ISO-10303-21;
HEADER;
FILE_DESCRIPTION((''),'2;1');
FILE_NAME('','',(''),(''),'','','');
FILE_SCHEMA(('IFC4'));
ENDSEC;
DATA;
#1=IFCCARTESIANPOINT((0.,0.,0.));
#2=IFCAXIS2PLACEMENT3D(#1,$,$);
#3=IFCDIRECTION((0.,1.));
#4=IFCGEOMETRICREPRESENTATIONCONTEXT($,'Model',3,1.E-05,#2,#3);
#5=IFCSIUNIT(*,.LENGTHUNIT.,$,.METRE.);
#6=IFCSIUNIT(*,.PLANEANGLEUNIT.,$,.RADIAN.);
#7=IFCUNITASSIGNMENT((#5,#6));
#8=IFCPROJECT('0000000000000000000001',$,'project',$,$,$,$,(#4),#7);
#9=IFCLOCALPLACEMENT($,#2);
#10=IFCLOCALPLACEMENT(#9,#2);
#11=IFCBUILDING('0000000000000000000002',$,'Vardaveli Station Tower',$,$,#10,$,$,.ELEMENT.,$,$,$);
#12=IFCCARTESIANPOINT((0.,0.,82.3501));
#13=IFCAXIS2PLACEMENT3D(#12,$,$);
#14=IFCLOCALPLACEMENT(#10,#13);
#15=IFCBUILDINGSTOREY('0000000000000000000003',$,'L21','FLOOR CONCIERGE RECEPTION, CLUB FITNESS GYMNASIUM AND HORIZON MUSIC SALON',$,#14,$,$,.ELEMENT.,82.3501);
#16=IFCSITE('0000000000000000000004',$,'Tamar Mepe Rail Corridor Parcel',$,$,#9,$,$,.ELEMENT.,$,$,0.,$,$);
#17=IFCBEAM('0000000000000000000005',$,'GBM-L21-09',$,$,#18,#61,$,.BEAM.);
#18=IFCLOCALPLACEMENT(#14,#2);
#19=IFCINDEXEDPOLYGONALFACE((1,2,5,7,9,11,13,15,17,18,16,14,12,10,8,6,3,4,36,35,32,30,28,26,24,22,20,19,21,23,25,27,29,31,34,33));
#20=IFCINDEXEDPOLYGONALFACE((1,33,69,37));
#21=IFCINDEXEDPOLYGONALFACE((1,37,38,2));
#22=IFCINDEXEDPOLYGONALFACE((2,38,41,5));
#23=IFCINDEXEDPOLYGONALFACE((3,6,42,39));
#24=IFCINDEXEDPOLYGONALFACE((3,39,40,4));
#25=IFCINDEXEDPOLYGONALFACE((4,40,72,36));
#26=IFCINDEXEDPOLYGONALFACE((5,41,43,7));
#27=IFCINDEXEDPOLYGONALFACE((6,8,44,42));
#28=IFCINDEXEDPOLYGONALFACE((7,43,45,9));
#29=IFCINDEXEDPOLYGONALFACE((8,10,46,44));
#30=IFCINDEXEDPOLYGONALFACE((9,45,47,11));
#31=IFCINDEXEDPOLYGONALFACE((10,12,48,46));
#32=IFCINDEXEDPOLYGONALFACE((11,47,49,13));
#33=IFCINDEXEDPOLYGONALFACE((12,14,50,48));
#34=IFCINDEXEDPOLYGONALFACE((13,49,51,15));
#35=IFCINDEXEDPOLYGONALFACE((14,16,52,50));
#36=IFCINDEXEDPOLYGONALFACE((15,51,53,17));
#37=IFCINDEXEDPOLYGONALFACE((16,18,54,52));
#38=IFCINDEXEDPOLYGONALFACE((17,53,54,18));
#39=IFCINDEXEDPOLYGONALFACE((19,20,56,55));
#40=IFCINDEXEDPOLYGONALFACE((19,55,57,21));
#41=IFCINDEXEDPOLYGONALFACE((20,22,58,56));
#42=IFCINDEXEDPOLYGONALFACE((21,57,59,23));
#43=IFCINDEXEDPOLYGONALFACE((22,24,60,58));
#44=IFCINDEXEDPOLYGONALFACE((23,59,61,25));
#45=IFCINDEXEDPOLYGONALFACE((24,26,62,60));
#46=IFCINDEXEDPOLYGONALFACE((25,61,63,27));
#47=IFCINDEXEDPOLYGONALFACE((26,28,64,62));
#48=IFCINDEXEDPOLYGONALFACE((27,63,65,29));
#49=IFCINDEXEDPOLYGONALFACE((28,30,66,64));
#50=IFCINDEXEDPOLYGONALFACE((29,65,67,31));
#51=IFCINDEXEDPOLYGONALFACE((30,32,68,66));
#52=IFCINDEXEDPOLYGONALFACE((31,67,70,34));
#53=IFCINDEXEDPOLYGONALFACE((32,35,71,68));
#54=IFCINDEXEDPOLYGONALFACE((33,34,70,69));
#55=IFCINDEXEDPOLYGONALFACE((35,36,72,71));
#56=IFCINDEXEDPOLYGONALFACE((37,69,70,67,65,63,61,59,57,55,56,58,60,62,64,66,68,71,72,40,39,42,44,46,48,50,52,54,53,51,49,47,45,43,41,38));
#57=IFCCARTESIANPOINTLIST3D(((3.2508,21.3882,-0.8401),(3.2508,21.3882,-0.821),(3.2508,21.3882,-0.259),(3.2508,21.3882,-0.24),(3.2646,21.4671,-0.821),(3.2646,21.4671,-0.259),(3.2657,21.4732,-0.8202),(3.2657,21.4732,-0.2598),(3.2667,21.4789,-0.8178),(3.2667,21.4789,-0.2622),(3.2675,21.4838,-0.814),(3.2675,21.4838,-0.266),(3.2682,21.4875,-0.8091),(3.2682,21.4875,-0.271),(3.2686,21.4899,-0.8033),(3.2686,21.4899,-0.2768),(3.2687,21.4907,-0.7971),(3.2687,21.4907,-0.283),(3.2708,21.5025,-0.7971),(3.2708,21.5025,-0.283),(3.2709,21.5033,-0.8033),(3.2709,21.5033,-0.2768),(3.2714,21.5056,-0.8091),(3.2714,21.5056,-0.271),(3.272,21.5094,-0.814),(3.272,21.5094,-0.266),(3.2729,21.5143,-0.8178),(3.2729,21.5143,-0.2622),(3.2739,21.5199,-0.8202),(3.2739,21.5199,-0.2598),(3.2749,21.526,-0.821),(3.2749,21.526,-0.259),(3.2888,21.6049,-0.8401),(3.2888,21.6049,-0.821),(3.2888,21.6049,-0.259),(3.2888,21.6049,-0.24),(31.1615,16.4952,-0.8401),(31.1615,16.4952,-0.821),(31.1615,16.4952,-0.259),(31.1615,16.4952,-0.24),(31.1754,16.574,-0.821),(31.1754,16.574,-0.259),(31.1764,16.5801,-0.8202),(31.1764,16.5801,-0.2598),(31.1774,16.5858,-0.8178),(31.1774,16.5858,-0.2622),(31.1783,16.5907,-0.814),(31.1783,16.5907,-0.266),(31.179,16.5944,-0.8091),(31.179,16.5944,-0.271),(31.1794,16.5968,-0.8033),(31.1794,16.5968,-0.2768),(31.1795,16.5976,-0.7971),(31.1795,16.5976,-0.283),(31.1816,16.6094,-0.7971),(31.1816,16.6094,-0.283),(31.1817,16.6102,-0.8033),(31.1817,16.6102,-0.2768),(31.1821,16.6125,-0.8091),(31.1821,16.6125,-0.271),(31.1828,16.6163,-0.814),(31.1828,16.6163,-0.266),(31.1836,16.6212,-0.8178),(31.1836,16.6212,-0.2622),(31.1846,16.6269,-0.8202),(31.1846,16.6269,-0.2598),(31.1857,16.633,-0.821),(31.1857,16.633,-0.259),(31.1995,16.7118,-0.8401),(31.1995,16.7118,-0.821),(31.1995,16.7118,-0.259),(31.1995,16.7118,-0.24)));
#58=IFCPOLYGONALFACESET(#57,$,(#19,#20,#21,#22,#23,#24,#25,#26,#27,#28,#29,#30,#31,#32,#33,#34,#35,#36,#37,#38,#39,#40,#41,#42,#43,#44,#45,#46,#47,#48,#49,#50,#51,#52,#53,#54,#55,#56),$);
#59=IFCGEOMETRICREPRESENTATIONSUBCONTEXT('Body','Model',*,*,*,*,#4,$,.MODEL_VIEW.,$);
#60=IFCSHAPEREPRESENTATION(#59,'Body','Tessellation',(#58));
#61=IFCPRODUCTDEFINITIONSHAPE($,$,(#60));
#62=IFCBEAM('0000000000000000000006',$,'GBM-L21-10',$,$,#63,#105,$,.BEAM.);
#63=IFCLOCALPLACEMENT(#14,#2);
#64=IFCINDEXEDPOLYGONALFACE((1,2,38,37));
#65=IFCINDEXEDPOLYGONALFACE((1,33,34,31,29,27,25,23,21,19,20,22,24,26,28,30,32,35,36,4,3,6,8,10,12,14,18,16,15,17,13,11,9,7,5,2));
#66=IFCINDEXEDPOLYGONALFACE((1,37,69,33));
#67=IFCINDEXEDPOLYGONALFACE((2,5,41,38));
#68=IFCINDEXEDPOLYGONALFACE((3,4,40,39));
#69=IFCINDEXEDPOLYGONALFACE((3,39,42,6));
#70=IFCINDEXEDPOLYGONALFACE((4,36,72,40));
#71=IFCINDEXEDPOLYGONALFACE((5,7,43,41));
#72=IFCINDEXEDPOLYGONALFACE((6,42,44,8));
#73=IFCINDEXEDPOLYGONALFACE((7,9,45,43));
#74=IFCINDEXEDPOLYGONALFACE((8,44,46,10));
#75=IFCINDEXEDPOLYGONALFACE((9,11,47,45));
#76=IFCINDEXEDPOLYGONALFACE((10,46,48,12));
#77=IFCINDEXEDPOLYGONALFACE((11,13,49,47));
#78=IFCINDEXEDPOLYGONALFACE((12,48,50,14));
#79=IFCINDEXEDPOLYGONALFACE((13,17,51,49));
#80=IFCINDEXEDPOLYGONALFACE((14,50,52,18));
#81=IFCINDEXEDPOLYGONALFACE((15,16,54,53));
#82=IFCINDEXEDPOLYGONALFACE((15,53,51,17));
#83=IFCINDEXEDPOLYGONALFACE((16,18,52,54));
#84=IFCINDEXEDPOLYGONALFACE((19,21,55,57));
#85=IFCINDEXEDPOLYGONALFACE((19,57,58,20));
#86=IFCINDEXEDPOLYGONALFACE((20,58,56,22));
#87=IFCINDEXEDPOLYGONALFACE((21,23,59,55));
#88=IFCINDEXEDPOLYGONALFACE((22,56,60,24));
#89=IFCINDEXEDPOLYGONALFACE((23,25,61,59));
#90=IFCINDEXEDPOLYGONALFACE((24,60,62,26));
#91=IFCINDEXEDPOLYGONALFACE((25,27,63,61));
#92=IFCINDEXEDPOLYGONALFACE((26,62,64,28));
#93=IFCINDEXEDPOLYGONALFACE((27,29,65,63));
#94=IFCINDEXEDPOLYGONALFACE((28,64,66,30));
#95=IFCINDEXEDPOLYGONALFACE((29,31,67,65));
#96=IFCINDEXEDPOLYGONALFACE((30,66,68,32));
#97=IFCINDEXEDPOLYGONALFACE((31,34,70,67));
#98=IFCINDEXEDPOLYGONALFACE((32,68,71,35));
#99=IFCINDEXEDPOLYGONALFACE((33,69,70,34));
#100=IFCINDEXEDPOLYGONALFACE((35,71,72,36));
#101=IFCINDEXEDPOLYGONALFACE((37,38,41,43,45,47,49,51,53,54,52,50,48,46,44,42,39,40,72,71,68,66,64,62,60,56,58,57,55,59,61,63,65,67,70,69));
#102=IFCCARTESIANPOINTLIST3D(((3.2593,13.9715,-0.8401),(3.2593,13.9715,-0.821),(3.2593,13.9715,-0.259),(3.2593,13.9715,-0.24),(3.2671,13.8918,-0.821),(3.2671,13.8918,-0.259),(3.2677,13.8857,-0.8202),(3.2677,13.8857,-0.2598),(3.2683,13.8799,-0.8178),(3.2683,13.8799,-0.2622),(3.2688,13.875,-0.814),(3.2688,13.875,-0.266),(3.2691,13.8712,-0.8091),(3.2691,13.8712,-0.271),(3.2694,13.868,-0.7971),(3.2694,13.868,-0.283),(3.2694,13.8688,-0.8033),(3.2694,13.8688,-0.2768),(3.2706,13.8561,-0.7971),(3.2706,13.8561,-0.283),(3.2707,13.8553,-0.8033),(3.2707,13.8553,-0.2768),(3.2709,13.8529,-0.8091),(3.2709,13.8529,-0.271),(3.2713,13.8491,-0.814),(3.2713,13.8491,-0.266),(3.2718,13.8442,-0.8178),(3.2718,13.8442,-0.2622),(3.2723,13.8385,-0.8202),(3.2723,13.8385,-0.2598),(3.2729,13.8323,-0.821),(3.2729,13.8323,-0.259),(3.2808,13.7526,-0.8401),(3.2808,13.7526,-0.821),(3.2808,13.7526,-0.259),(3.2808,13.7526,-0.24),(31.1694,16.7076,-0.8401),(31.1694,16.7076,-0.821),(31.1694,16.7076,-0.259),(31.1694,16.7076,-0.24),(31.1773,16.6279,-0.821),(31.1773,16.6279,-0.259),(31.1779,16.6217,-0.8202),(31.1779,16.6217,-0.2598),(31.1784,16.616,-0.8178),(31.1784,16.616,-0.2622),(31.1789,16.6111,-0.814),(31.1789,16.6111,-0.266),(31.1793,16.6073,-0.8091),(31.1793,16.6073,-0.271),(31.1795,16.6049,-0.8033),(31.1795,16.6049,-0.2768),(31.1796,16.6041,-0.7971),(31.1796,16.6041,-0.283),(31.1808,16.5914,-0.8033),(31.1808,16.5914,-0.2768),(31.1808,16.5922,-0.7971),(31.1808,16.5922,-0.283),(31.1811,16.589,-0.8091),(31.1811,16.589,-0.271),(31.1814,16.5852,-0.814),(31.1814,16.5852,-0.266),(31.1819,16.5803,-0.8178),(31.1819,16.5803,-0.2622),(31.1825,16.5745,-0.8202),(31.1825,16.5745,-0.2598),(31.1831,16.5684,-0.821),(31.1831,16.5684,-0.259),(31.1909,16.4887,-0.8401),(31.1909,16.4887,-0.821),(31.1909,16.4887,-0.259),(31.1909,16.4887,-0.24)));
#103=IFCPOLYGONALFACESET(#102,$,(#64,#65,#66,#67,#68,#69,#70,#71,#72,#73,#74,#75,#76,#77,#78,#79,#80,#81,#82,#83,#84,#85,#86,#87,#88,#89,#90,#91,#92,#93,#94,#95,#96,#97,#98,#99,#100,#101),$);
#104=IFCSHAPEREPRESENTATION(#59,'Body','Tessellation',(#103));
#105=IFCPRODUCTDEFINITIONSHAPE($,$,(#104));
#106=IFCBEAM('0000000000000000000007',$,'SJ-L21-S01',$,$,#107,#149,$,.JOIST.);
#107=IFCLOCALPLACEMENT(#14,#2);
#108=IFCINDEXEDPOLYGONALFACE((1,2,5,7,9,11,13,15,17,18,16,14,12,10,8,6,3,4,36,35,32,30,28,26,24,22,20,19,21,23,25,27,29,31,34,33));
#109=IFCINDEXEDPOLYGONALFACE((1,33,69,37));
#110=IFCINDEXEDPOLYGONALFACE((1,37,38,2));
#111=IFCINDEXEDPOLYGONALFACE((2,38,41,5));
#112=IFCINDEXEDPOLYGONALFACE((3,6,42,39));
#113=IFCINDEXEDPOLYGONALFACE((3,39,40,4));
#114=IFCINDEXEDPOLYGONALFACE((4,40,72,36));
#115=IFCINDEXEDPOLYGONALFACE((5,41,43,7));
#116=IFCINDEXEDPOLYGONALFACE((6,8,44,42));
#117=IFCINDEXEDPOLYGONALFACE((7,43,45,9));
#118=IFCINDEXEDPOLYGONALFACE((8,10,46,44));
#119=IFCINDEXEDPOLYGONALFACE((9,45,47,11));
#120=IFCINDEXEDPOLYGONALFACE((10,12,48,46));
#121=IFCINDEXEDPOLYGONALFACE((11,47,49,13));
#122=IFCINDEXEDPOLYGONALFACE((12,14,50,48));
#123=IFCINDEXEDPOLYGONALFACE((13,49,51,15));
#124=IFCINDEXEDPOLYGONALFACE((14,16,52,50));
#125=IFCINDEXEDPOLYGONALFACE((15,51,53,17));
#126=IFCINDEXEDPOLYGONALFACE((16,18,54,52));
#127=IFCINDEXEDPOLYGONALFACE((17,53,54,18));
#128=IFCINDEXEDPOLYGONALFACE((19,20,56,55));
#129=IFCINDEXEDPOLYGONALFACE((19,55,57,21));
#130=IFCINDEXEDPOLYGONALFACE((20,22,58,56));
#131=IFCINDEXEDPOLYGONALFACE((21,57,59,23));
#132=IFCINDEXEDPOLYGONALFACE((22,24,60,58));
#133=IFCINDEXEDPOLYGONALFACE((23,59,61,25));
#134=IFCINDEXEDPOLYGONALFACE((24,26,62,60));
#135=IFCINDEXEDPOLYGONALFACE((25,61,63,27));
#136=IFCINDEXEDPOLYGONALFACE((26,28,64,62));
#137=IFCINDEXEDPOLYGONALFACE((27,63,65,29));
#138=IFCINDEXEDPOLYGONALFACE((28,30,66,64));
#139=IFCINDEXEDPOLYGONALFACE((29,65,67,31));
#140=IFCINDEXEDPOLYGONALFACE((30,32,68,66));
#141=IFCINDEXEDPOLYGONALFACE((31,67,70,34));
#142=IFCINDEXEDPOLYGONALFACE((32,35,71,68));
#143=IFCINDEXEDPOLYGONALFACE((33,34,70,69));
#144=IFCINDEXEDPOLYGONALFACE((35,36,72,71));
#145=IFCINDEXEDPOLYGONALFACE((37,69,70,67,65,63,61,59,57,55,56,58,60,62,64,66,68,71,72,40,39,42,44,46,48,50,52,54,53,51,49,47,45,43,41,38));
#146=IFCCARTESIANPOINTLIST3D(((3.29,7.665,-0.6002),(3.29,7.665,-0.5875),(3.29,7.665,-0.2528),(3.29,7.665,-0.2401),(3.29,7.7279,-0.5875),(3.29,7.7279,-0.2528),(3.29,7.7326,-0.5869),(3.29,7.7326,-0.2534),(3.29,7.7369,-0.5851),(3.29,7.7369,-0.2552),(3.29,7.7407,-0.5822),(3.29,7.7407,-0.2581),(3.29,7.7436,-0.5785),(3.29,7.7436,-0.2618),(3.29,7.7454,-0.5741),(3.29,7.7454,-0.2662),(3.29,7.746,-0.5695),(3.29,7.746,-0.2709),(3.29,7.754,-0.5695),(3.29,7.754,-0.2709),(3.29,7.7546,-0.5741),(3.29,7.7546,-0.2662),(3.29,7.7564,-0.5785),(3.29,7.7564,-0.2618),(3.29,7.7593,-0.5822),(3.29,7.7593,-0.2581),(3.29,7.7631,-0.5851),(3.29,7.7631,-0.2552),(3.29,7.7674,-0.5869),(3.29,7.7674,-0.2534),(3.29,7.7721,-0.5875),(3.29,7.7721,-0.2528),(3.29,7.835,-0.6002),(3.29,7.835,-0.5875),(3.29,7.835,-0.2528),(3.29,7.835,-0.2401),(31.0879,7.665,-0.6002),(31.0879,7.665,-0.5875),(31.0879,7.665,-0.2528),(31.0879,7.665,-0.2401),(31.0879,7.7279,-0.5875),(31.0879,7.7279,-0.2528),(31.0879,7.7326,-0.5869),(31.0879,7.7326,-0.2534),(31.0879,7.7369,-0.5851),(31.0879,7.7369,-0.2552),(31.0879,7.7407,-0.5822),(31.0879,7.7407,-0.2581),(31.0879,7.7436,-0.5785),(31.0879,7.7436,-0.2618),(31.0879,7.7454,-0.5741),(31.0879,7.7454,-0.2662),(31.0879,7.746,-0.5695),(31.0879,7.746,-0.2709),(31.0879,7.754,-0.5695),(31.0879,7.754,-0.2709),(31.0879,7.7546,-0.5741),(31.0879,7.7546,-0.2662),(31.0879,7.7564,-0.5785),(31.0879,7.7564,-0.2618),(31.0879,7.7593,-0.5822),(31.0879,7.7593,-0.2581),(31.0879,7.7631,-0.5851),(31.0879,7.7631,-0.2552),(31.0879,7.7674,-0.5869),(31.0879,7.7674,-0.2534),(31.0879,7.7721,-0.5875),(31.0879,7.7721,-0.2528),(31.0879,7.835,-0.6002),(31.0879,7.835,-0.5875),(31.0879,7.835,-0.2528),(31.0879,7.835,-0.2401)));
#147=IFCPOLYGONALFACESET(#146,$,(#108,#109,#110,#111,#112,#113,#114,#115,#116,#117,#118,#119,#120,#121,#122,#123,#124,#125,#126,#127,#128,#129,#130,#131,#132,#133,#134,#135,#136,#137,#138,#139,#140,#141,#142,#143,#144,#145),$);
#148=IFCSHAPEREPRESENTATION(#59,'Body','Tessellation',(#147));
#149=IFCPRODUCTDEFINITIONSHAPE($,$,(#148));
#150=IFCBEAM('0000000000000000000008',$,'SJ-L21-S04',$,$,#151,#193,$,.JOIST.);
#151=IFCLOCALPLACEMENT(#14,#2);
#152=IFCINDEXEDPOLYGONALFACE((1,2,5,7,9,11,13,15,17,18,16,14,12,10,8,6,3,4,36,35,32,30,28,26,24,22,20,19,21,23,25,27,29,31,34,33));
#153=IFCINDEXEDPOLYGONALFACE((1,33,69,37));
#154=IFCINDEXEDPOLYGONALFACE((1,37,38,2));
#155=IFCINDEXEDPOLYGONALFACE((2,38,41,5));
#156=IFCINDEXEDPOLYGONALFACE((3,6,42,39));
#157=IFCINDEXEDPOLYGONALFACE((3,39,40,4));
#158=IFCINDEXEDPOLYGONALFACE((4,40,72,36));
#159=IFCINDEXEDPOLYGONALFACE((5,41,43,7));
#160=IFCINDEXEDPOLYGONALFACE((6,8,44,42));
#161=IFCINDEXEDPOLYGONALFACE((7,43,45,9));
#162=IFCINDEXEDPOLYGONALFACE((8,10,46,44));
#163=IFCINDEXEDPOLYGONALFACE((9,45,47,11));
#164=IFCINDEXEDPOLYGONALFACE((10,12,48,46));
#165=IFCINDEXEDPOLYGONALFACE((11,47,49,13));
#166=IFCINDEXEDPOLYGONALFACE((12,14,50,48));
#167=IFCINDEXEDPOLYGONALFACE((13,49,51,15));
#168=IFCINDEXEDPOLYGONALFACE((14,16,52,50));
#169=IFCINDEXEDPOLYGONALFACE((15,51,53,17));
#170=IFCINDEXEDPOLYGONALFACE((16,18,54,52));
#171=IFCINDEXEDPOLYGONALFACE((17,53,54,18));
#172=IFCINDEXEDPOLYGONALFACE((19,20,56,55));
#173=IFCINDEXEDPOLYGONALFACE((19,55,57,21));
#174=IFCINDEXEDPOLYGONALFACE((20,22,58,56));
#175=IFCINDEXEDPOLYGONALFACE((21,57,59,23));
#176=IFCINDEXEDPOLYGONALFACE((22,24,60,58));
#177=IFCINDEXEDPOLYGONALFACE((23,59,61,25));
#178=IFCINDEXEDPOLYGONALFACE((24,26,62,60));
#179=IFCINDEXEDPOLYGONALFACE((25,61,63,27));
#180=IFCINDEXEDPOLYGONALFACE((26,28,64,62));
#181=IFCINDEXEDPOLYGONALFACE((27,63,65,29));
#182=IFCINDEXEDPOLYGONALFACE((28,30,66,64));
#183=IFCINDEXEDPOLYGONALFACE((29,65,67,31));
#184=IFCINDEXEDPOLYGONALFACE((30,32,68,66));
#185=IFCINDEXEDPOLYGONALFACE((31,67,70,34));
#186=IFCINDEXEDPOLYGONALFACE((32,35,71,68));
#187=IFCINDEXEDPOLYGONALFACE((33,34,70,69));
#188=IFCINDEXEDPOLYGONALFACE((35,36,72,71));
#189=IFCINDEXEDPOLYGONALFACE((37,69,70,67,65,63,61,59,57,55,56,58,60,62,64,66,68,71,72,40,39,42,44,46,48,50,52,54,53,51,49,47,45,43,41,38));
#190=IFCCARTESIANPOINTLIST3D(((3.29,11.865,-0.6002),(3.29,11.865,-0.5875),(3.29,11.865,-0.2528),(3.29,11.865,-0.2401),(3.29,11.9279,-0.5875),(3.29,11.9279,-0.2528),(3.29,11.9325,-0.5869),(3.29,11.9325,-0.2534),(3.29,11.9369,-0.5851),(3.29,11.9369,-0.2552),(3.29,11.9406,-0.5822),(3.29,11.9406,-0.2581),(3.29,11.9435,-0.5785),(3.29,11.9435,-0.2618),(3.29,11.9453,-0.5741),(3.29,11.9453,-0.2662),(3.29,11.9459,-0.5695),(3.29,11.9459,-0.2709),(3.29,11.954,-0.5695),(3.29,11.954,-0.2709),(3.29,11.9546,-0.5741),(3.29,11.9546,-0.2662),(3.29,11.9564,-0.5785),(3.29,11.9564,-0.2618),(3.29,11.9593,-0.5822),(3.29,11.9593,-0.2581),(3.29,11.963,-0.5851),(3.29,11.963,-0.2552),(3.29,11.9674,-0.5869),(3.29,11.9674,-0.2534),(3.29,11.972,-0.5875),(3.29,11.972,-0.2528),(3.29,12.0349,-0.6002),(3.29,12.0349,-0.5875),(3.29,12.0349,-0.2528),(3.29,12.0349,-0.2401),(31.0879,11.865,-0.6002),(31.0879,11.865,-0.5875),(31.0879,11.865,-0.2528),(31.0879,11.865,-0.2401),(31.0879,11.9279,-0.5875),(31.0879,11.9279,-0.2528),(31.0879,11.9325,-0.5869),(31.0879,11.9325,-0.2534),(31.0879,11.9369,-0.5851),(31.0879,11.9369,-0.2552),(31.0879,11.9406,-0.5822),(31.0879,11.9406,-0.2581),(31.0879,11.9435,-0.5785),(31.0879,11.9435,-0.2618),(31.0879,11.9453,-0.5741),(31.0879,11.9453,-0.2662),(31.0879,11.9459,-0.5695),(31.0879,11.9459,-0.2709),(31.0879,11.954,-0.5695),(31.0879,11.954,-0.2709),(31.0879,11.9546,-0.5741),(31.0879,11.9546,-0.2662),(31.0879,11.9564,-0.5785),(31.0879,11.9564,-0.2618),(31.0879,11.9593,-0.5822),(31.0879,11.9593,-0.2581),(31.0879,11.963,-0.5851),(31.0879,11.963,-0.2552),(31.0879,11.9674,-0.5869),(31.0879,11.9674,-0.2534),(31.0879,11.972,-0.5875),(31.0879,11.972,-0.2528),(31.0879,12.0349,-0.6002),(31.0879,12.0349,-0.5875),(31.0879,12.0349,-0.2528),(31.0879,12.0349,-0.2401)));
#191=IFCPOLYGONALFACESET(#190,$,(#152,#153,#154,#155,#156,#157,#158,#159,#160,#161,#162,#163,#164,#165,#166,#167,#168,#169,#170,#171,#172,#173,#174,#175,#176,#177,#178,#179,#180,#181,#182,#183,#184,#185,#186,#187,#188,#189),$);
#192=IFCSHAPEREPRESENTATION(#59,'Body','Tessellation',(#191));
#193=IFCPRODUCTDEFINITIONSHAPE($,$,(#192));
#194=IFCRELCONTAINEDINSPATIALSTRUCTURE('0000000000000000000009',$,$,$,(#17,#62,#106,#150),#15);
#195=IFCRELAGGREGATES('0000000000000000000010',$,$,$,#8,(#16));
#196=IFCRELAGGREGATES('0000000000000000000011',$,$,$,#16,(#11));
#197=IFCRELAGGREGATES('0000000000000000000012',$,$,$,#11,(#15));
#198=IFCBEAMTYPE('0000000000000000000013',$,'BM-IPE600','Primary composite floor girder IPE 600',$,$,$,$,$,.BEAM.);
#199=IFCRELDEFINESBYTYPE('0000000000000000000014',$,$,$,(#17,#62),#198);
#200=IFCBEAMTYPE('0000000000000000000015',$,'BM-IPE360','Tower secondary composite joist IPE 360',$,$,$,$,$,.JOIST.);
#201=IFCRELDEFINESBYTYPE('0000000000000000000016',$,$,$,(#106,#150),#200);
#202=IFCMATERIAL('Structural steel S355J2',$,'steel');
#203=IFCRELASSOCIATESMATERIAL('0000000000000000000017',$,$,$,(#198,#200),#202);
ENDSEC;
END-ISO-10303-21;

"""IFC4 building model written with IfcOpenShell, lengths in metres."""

from ifc_helpers import new_model, si_unit, direction, frame, origin, origin_2d, place, context, subcontext, project, spatial, i_section, extrude, source, transform, mapped, material, material_profile, profile_set, type_object, element, save


model = new_model("IFC4")

# Units and contexts
model_context = context("Model", 3, precision=1e-05, world=origin(), true_north=direction((0.0, 1.0)))
body_context = subcontext(model_context, "Body", "Model", "MODEL_VIEW")
ifc_project = project(units=[si_unit("LENGTHUNIT", "METRE"), si_unit("PLANEANGLEUNIT", "RADIAN")], contexts=[model_context])

# Site, building, storey
site_placement = place(None, origin())
site = spatial("IfcSite", under=ifc_project, at=site_placement, Name="Tamar Mepe Rail Corridor Parcel", CompositionType="ELEMENT", RefElevation=0.0)
building_placement = place(site_placement, origin())
building = spatial("IfcBuilding", under=site, at=building_placement, Name="Vardaveli Station Tower", CompositionType="ELEMENT")
storey_placement = place(building_placement, frame((0.0, 0.0, 82.3501)))
storey = spatial("IfcBuildingStorey", under=building, at=storey_placement, Name="L21", Description="FLOOR CONCIERGE RECEPTION, CLUB FITNESS GYMNASIUM AND HORIZON MUSIC SALON", CompositionType="ELEMENT", Elevation=82.3501)

# Beams
ifc_material_1 = material(Name="Structural steel S355J2", Category="steel")
ifc_material_profile_1 = material_profile(ifc_material_1, i_section(OverallWidth=0.22, OverallDepth=0.6001, WebThickness=0.012, FlangeThickness=0.019, FilletRadius=0.0239, at=origin_2d()), Name="IPE 600")
ifc_profile_set_1 = profile_set([ifc_material_profile_1], Name="Structural steel S355J2")
beam_type_1 = type_object("IfcBeamType", Name="BM-IPE600", Description="Primary composite floor girder IPE 600", PredefinedType="BEAM", material=ifc_profile_set_1)
shared_shape_1 = source(origin(), body_context, "Body", "SweptSolid", [
    extrude(i_section(OverallWidth=0.22, OverallDepth=0.6001, WebThickness=0.012, FlangeThickness=0.019, FilletRadius=0.0239, at=origin_2d()), origin(), (0.0, 0.0, 1.0), 28.3364),
])
beam_1_placement = place(storey_placement, frame((3.2698, 21.4966, -0.54), z_axis=(0.984978, -0.172678, 0.0), x_axis=(0.172678, 0.984978, 0.0)))
element("IfcBeam", 1, at=beam_1_placement, inside=storey, type_object=beam_type_1, Name="GBM-L21-09", PredefinedType="BEAM", context=body_context, shape_type="MappedRepresentation", body=[
    mapped(shared_shape_1, transform((0.0, 0.0, 0.0), scale=1.0)),
])
shared_shape_2 = source(origin(), body_context, "Body", "SweptSolid", [
    extrude(i_section(OverallWidth=0.22, OverallDepth=0.6001, WebThickness=0.012, FlangeThickness=0.019, FilletRadius=0.0239, at=origin_2d()), origin(), (0.0, 0.0, 1.0), 28.0439),
])
beam_2_placement = place(storey_placement, frame((3.27, 13.8621, -0.54), z_axis=(0.995229, 0.097564, 0.0), x_axis=(-0.097564, 0.995229, 0.0)))
element("IfcBeam", 2, at=beam_2_placement, inside=storey, type_object=beam_type_1, Name="GBM-L21-10", PredefinedType="BEAM", context=body_context, shape_type="MappedRepresentation", body=[
    mapped(shared_shape_2, transform((0.0, 0.0, 0.0), scale=1.0)),
])
ifc_material_profile_2 = material_profile(ifc_material_1, i_section(OverallWidth=0.1699, OverallDepth=0.3601, WebThickness=0.0081, FlangeThickness=0.0127, FilletRadius=0.0181, at=origin_2d()), Name="IPE 360")
ifc_profile_set_2 = profile_set([ifc_material_profile_2], Name="Structural steel S355J2")
beam_type_2 = type_object("IfcBeamType", Name="BM-IPE360", Description="Tower secondary composite joist IPE 360", PredefinedType="JOIST", material=ifc_profile_set_2)
shared_shape_3 = source(origin(), body_context, "Body", "SweptSolid", [
    extrude(i_section(OverallWidth=0.1699, OverallDepth=0.3601, WebThickness=0.0081, FlangeThickness=0.0127, FilletRadius=0.0181, at=origin_2d()), origin(), (0.0, 0.0, 1.0), 27.7979),
])
for number, where, z_axis, x_axis, name in (
    (3, (3.29, 7.75, -0.4202), (1.0, 0.0, 0.0), (0.0, 1.0, 0.0), "SJ-L21-S01"),
    (4, (3.29, 11.95, -0.4202), (1.0, 0.0, 0.0), (0.0, 1.0, 0.0), "SJ-L21-S04"),
):
    element("IfcBeam", number, at=place(storey_placement, frame(where, z_axis=z_axis, x_axis=x_axis)), inside=storey, type_object=beam_type_2, Name=name, PredefinedType="JOIST", context=body_context, shape_type="MappedRepresentation", body=[
        mapped(shared_shape_3, transform((0.0, 0.0, 0.0), scale=1.0)),
    ])

save(model, "model.ifc")
